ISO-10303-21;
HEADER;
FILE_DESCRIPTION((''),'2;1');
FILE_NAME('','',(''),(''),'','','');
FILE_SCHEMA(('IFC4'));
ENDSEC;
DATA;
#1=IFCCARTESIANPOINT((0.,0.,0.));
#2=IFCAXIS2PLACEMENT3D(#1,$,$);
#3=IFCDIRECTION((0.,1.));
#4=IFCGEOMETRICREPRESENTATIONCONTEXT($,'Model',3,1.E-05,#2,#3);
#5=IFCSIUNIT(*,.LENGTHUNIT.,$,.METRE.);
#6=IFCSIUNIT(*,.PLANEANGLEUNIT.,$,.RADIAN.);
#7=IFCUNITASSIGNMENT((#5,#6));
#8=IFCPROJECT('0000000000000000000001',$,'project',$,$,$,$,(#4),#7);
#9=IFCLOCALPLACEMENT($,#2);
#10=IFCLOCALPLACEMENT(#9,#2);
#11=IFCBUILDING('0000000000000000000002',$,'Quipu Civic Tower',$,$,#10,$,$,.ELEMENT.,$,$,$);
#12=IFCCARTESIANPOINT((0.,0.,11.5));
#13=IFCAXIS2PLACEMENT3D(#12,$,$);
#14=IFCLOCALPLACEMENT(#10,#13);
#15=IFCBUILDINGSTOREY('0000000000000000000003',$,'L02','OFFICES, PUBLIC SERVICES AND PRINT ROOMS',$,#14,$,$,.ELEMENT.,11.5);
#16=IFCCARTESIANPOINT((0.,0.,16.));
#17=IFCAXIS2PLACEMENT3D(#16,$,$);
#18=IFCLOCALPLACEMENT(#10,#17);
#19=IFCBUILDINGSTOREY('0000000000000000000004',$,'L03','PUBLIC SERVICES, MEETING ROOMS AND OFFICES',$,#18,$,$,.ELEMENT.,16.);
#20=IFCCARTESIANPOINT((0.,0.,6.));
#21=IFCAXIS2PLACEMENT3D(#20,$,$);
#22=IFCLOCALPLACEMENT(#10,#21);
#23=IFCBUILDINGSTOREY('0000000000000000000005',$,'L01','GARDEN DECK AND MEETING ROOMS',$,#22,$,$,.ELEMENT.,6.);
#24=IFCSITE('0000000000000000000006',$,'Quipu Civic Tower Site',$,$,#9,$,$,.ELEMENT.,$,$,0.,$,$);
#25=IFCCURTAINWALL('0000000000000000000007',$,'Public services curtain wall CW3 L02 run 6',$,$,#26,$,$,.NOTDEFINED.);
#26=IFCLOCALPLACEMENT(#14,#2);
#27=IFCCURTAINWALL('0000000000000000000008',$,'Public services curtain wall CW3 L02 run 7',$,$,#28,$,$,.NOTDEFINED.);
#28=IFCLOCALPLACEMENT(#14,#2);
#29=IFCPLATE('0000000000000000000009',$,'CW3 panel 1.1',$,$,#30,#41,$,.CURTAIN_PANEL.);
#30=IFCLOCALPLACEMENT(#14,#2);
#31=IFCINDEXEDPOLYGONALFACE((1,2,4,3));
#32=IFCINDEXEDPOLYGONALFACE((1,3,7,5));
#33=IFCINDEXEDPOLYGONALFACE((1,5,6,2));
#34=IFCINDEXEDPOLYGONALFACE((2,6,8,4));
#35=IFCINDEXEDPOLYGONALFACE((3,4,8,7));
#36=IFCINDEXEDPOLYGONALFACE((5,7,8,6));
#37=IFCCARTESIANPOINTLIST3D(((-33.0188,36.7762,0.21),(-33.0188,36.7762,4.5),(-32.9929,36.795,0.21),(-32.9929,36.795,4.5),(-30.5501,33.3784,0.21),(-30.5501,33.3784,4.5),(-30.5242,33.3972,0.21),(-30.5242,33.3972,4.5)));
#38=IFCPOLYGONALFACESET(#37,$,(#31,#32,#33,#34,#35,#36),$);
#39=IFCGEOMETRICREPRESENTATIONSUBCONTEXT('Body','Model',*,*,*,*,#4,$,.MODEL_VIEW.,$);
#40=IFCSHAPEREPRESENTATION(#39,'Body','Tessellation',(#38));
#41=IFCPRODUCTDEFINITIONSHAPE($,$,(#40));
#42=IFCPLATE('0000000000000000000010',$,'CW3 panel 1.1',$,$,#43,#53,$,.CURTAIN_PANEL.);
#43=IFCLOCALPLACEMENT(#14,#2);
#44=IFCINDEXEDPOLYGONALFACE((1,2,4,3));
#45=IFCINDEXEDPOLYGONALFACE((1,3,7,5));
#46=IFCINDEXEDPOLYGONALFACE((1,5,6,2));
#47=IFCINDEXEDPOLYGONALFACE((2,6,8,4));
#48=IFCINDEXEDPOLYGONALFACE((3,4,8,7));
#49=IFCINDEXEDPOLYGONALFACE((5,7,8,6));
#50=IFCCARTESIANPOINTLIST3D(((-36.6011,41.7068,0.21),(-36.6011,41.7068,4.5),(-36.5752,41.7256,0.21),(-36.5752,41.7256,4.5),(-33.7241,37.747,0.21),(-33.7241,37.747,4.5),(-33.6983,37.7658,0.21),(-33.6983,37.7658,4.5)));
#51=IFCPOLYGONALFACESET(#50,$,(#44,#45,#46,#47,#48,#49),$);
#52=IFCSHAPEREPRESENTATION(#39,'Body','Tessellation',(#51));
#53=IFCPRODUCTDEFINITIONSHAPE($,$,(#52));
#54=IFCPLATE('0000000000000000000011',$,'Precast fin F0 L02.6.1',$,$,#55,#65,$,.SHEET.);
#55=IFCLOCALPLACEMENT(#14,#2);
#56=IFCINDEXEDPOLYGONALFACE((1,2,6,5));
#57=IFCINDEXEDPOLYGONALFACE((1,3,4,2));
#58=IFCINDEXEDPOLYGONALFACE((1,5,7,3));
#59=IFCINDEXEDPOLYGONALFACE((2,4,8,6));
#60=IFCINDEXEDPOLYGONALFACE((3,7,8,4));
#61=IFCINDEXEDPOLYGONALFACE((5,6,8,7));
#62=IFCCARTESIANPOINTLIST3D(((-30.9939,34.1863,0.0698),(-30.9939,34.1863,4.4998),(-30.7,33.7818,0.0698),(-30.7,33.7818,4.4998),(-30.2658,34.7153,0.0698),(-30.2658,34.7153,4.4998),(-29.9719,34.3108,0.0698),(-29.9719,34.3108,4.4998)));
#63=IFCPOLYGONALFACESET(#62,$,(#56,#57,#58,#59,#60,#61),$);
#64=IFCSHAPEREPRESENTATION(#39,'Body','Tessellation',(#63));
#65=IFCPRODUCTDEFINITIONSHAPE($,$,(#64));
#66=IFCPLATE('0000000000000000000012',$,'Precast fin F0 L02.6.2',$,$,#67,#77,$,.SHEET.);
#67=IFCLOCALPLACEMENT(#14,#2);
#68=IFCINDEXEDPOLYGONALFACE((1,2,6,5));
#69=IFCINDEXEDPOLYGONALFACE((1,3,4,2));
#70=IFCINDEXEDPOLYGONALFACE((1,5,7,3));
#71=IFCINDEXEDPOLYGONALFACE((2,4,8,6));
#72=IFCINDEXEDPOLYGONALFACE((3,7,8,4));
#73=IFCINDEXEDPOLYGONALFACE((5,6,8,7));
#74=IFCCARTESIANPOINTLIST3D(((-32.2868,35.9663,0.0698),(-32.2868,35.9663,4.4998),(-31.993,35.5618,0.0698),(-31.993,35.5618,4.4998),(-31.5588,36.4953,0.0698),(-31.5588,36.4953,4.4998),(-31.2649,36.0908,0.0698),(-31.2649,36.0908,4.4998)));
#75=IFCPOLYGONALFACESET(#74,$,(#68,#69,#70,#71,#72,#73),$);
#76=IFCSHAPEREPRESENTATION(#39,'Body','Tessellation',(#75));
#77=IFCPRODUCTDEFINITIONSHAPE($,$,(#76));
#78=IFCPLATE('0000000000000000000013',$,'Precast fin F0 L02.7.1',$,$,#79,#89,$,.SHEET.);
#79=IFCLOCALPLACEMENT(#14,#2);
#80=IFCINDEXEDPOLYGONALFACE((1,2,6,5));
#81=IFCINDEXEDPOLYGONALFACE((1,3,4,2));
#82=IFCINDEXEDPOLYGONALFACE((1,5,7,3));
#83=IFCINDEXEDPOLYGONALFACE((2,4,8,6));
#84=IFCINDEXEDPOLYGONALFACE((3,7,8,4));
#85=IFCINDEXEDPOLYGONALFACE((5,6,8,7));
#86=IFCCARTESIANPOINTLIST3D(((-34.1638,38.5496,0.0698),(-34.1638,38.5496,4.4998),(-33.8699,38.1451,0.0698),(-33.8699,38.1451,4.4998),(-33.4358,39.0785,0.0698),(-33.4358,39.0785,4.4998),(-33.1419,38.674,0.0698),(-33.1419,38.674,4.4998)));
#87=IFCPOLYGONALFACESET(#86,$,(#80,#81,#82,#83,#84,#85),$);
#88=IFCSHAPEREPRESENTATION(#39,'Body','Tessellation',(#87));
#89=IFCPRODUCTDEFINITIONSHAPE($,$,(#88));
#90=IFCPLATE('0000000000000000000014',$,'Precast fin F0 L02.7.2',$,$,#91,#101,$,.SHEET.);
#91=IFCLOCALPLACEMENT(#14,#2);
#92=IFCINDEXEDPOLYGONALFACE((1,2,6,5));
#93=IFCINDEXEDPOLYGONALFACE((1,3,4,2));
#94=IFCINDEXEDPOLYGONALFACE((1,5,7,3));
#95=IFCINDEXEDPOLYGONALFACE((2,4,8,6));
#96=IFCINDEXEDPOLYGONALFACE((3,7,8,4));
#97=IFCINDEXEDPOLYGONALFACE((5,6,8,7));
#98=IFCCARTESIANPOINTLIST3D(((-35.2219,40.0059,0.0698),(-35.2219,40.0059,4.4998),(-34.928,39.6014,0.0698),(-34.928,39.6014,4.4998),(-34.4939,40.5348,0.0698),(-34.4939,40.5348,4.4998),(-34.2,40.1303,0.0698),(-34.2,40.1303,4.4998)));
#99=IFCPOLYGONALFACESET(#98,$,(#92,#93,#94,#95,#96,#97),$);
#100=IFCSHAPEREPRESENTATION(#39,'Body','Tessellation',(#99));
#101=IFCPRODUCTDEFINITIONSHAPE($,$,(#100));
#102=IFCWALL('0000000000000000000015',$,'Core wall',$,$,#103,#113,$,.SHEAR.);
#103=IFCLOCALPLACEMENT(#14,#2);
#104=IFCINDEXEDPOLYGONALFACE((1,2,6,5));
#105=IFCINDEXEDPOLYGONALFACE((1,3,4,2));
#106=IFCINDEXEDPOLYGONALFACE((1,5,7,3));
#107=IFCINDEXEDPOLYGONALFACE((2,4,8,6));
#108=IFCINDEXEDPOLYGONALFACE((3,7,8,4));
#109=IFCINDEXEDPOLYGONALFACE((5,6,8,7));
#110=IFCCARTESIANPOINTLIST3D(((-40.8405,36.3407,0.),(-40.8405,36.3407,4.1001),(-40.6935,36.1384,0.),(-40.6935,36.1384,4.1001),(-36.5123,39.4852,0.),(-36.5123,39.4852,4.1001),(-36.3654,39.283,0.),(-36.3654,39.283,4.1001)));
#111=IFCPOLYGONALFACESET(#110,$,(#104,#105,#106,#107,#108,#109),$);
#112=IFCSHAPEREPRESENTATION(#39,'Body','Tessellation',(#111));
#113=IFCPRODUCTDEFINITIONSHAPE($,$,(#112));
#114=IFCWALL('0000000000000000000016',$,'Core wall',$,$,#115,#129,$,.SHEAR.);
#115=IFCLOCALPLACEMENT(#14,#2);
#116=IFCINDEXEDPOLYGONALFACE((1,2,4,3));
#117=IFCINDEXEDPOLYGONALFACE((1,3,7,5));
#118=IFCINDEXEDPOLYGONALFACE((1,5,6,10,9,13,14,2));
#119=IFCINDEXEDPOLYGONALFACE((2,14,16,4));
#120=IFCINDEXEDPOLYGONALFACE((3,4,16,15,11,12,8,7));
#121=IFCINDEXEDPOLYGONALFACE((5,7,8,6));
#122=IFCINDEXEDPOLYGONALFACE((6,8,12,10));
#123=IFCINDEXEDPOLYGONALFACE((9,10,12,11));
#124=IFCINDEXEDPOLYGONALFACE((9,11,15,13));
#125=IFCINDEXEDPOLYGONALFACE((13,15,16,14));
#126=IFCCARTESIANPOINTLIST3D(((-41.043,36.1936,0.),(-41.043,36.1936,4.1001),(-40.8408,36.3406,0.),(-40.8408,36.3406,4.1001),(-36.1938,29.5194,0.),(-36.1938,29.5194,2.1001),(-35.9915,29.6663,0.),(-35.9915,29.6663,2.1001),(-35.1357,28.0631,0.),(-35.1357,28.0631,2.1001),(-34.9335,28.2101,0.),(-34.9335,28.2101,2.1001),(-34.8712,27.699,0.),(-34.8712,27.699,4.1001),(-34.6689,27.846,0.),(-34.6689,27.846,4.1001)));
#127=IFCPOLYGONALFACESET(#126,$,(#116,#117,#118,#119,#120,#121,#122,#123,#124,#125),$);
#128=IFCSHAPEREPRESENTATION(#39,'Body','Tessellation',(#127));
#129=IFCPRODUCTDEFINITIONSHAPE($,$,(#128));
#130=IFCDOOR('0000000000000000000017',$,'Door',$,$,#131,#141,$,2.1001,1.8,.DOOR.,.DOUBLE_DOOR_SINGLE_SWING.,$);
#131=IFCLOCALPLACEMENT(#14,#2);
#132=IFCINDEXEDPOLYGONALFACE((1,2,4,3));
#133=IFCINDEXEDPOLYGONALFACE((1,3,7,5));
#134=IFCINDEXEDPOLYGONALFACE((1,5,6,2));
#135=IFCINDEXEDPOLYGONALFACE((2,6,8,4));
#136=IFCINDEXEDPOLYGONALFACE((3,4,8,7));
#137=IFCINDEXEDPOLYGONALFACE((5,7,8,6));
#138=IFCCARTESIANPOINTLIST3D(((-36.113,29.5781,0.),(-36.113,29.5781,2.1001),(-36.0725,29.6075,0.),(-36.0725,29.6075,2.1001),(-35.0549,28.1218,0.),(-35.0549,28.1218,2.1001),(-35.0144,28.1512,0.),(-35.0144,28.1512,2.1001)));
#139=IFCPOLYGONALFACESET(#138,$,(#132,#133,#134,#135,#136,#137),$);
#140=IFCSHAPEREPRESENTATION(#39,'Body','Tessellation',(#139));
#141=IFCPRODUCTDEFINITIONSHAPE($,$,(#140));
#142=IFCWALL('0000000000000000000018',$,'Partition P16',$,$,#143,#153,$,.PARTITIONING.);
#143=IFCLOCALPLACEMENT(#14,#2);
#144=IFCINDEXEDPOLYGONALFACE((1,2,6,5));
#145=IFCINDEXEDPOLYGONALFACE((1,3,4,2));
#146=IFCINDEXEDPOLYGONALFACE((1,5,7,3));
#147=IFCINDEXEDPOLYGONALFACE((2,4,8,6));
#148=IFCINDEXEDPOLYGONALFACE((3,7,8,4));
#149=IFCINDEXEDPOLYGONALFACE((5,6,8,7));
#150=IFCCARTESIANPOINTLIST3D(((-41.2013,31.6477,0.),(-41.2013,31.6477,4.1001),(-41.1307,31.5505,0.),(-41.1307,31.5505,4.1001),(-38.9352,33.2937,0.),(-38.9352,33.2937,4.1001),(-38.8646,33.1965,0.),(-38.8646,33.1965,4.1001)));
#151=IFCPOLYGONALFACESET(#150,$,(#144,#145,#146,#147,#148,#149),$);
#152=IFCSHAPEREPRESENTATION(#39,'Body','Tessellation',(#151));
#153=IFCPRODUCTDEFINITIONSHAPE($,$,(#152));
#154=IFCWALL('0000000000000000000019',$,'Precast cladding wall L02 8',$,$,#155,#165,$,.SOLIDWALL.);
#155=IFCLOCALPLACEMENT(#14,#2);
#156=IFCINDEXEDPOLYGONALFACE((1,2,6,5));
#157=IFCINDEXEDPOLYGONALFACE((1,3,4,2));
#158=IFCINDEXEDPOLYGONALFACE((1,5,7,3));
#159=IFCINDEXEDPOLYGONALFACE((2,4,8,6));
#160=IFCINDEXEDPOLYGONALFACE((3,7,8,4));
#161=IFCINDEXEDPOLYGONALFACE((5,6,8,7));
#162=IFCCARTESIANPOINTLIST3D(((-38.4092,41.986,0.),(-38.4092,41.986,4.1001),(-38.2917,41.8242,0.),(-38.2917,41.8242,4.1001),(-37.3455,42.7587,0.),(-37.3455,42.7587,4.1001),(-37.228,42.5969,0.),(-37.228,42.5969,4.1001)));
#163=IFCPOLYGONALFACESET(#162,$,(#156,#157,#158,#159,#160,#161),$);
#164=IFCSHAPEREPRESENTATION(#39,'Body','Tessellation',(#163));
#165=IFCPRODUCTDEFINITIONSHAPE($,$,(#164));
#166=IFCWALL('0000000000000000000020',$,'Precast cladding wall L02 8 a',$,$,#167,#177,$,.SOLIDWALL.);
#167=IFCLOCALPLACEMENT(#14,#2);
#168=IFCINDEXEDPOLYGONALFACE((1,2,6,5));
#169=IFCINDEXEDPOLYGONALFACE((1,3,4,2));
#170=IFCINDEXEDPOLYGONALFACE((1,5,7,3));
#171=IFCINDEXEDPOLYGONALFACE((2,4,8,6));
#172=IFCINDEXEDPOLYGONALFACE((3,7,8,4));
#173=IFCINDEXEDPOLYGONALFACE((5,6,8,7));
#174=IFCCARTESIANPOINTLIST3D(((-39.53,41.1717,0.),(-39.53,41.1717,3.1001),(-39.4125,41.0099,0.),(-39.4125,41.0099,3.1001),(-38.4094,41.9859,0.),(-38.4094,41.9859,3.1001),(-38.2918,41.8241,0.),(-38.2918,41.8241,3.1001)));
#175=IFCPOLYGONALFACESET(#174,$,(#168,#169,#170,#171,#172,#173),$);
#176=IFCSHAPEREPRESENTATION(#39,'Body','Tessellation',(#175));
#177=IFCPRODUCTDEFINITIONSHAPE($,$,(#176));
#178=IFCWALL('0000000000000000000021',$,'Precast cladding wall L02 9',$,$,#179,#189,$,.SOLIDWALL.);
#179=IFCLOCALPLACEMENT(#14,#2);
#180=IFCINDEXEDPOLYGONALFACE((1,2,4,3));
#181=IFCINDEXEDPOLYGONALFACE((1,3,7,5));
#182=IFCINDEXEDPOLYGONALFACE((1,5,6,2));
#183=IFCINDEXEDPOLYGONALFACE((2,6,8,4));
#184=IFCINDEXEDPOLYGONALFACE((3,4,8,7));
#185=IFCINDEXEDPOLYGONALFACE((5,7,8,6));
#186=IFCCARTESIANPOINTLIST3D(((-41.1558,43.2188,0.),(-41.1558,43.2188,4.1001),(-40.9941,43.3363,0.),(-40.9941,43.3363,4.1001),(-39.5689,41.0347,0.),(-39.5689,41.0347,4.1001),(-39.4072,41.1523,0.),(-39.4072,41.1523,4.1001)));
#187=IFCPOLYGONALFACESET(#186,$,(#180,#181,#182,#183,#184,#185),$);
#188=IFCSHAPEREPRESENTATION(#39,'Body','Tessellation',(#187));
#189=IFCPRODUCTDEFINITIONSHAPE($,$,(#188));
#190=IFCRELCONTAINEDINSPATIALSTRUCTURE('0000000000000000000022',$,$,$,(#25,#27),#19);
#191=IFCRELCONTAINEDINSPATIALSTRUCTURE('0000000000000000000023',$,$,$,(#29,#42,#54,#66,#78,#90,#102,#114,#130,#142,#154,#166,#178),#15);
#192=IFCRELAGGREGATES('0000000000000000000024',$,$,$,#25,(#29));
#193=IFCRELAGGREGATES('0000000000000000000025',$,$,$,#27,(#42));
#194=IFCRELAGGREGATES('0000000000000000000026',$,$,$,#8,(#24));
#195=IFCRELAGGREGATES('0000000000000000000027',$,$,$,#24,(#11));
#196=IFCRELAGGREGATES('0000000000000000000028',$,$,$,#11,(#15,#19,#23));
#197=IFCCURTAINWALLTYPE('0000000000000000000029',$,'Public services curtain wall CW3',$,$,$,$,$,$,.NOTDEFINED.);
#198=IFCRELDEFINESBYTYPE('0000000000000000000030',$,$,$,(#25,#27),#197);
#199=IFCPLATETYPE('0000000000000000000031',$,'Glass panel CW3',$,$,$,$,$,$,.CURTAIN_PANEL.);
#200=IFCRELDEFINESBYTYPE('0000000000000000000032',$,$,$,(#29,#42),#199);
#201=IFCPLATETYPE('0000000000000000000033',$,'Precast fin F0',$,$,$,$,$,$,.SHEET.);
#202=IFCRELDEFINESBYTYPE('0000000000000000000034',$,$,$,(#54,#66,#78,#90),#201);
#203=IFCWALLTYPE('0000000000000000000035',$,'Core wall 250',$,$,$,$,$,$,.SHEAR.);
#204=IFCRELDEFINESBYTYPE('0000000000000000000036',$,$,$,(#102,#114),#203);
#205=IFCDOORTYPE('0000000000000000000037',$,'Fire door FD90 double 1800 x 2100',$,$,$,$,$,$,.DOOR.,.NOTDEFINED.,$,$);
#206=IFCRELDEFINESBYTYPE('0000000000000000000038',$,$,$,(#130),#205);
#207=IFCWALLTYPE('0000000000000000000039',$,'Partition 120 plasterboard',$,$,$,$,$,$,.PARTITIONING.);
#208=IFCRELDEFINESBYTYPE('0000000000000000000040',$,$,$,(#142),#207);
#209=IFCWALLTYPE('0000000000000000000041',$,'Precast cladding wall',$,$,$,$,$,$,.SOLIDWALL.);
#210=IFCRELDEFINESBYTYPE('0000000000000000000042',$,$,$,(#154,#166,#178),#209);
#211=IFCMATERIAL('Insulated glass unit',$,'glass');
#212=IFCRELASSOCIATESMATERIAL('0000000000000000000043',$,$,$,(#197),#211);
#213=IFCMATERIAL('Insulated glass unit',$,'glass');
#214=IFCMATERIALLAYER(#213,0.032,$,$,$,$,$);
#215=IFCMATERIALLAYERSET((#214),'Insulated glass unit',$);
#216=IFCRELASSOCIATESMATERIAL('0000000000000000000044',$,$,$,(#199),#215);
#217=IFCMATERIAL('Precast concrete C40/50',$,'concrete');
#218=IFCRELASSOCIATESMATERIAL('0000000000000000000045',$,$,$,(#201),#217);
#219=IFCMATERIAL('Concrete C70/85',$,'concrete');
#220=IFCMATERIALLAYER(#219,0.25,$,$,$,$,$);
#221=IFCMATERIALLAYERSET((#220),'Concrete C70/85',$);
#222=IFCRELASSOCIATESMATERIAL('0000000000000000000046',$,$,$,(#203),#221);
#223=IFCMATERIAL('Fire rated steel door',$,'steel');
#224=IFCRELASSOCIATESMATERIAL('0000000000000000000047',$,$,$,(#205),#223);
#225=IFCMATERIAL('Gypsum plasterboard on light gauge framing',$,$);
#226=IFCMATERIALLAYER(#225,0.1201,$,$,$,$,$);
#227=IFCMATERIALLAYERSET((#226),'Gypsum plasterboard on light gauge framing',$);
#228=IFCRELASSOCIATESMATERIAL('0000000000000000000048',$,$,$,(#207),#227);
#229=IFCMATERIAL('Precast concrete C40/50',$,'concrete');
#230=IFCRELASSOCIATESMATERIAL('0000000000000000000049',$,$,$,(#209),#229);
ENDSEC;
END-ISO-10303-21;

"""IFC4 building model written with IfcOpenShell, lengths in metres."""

from ifc_helpers import new_model, si_unit, direction, frame, frame_2d, origin, origin_2d, place, context, subcontext, project, spatial, rectangle, extrude, material, layer, layer_set, type_object, element, fill, aggregate, save


model = new_model("IFC4")

# Units and contexts
model_context = context("Model", 3, precision=1e-05, world=origin(), true_north=direction((0.0, 1.0)))
body_context = subcontext(model_context, "Body", "Model", "MODEL_VIEW")
ifc_project = project(units=[si_unit("LENGTHUNIT", "METRE"), si_unit("PLANEANGLEUNIT", "RADIAN")], contexts=[model_context])

# Site, building, storey
site_placement = place(None, origin())
site = spatial("IfcSite", under=ifc_project, at=site_placement, Name="Quipu Civic Tower Site", CompositionType="ELEMENT", RefElevation=0.0)
building_placement = place(site_placement, origin())
building = spatial("IfcBuilding", under=site, at=building_placement, Name="Quipu Civic Tower", CompositionType="ELEMENT")
storey_1_placement = place(building_placement, frame((0.0, 0.0, 11.5)))
storey_1 = spatial("IfcBuildingStorey", under=building, at=storey_1_placement, Name="L02", Description="OFFICES, PUBLIC SERVICES AND PRINT ROOMS", CompositionType="ELEMENT", Elevation=11.5)

# Shared definitions
storey_2_placement = place(building_placement, frame((0.0, 0.0, 16.0)))
storey_2 = spatial("IfcBuildingStorey", under=building, at=storey_2_placement, Name="L03", Description="PUBLIC SERVICES, MEETING ROOMS AND OFFICES", CompositionType="ELEMENT", Elevation=16.0)

# Curtain walls
ifc_material_1 = material(Name="Insulated glass unit", Category="glass")
curtain_wall_type_1 = type_object("IfcCurtainWallType", Name="Public services curtain wall CW3", PredefinedType="NOTDEFINED", material=ifc_material_1)
curtain_wall_1_placement = place(storey_2_placement, origin())
curtain_wall_1 = element("IfcCurtainWall", 1, at=curtain_wall_1_placement, inside=storey_2, type_object=curtain_wall_type_1, Name="Public services curtain wall CW3 L02 run 6", PredefinedType="NOTDEFINED")
curtain_wall_2_placement = place(storey_2_placement, origin())
curtain_wall_2 = element("IfcCurtainWall", 2, at=curtain_wall_2_placement, inside=storey_2, type_object=curtain_wall_type_1, Name="Public services curtain wall CW3 L02 run 7", PredefinedType="NOTDEFINED")

# Shared definitions
storey_3_placement = place(building_placement, frame((0.0, 0.0, 6.0)))
storey_3 = spatial("IfcBuildingStorey", under=building, at=storey_3_placement, Name="L01", Description="GARDEN DECK AND MEETING ROOMS", CompositionType="ELEMENT", Elevation=6.0)

# Plates
ifc_material_2 = material(Name="Insulated glass unit", Category="glass")
ifc_layer_1 = layer(ifc_material_2, 0.032)
ifc_layer_set_1 = layer_set([ifc_layer_1], Name="Insulated glass unit")
plate_type_1 = type_object("IfcPlateType", Name="Glass panel CW3", PredefinedType="CURTAIN_PANEL", material=ifc_layer_set_1)
plate_1_placement = place(storey_1_placement, frame((-31.7715, 35.0867, 0.21), z_axis=(0.0, 0.0, 1.0), x_axis=(-0.587789, 0.809014, 0.0)))
plate_1 = element("IfcPlate", 3, at=plate_1_placement, inside=storey_1, type_object=plate_type_1, Name="CW3 panel 1.1", PredefinedType="CURTAIN_PANEL", context=body_context, shape_type="SweptSolid", body=[
    extrude(rectangle(XDim=4.2, YDim=0.032, at=origin_2d()), origin(), (0.0, 0.0, 1.0), 4.29),
])
aggregate(curtain_wall_1, [plate_1])
plate_2_placement = place(storey_1_placement, frame((-35.1497, 39.7363, 0.21), z_axis=(0.0, 0.0, 1.0), x_axis=(-0.587783, 0.809019, 0.0)))
plate_2 = element("IfcPlate", 4, at=plate_2_placement, inside=storey_1, type_object=plate_type_1, Name="CW3 panel 1.1", PredefinedType="CURTAIN_PANEL", context=body_context, shape_type="SweptSolid", body=[
    extrude(rectangle(XDim=4.8945, YDim=0.032, at=origin_2d()), origin(), (0.0, 0.0, 1.0), 4.29),
])
aggregate(curtain_wall_2, [plate_2])

# Plates
ifc_material_3 = material(Name="Precast concrete C40/50", Category="concrete")
plate_type_2 = type_object("IfcPlateType", Name="Precast fin F0", PredefinedType="SHEET", material=ifc_material_3)
for number, where, z_axis, x_axis, name in (
    (5, (-30.4829, 34.2485, 0.0698), (0.0, 0.0, 1.0), (-0.587785, 0.809017, 0.0), "Precast fin F0 L02.6.1"),
    (6, (-31.7759, 36.0286, 0.0698), (0.0, 0.0, 1.0), (-0.587785, 0.809017, 0.0), "Precast fin F0 L02.6.2"),
    (7, (-33.6528, 38.6118, 0.0698), (0.0, 0.0, 1.0), (-0.587785, 0.809017, 0.0), "Precast fin F0 L02.7.1"),
    (8, (-34.7109, 40.0681, 0.0698), (0.0, 0.0, 1.0), (-0.587785, 0.809017, 0.0), "Precast fin F0 L02.7.2"),
):
    element("IfcPlate", number, at=place(storey_1_placement, frame(where, z_axis=z_axis, x_axis=x_axis)), inside=storey_1, type_object=plate_type_2, Name=name, PredefinedType="SHEET", context=body_context, shape_type="SweptSolid", body=[
        extrude(rectangle(XDim=0.5, YDim=0.8999, at=origin_2d()), origin(), (0.0, 0.0, 1.0), 4.4299),
    ])

# Wall
ifc_material_4 = material(Name="Concrete C70/85", Category="concrete")
ifc_layer_2 = layer(ifc_material_4, 0.25)
ifc_layer_set_2 = layer_set([ifc_layer_2], Name="Concrete C70/85")
wall_type_1 = type_object("IfcWallType", Name="Core wall 250", PredefinedType="SHEAR", material=ifc_layer_set_2)
wall_1_placement = place(storey_1_placement, frame((-36.439, 39.384, 0.0), z_axis=(0.0, 0.0, 1.0), x_axis=(-0.80902, -0.587781, 0.0)))
element("IfcWall", 9, at=wall_1_placement, inside=storey_1, type_object=wall_type_1, Name="Core wall", PredefinedType="SHEAR", context=body_context, shape_type="SweptSolid", body=[
    extrude(rectangle(XDim=5.3499, YDim=0.25, at=frame_2d((2.6748, 0.0))), origin(), (0.0, 0.0, 1.0), 4.1001),
])

# Wall, opening, door
wall_2_placement = place(storey_1_placement, frame((-40.9419, 36.2671, 0.0), z_axis=(0.0, 0.0, 1.0), x_axis=(0.587796, -0.809009, 0.0)))
wall_2 = element("IfcWall", 10, at=wall_2_placement, inside=storey_1, type_object=wall_type_1, Name="Core wall", PredefinedType="SHEAR", context=body_context, shape_type="SweptSolid", body=[
    extrude(rectangle(XDim=10.5, YDim=0.25, at=frame_2d((5.25, 0.0))), origin(), (0.0, 0.0, 1.0), 4.1001),
])
opening_placement = place(wall_2_placement, frame((8.25, 0.0, 0.0)))
opening = element("IfcOpeningElement", 11, at=opening_placement, cuts=wall_2, PredefinedType="OPENING", context=body_context, shape_type="SweptSolid", body=[
    extrude(rectangle(XDim=1.8, YDim=2.1001, at=frame_2d((0.8999, 1.05))), frame((0.0, 0.135, 0.0), z_axis=(0.0, -1.0, 0.0), x_axis=(1.0, 0.0, 0.0)), (0.0, 0.0, 1.0), 0.27),
])
ifc_material_5 = material(Name="Fire rated steel door", Category="steel")
door_type = type_object("IfcDoorType", Name="Fire door FD90 double 1800 x 2100", OperationType="NOTDEFINED", PredefinedType="DOOR", material=ifc_material_5)
door_placement = place(opening_placement, origin())
door = element("IfcDoor", 12, at=door_placement, inside=storey_1, type_object=door_type, Name="Door", OperationType="DOUBLE_DOOR_SINGLE_SWING", OverallHeight=2.1001, OverallWidth=1.8, PredefinedType="DOOR", context=body_context, shape_type="SweptSolid", body=[
    extrude(rectangle(XDim=1.8, YDim=2.1001, at=frame_2d((0.8999, 1.05))), frame((0.0, 0.0249, 0.0), z_axis=(0.0, -1.0, 0.0), x_axis=(1.0, 0.0, 0.0)), (0.0, 0.0, 1.0), 0.05),
])
fill(opening, door)

# Walls
ifc_material_6 = material(Name="Gypsum plasterboard on light gauge framing")
ifc_layer_3 = layer(ifc_material_6, 0.1201)
ifc_layer_set_3 = layer_set([ifc_layer_3], Name="Gypsum plasterboard on light gauge framing")
wall_type_2 = type_object("IfcWallType", Name="Partition 120 plasterboard", PredefinedType="PARTITIONING", material=ifc_layer_set_3)
wall_3_placement = place(storey_1_placement, frame((-41.166, 31.5991, 0.0), z_axis=(0.0, 0.0, 1.0), x_axis=(0.80909, 0.587684, 0.0)))
element("IfcWall", 13, at=wall_3_placement, inside=storey_1, type_object=wall_type_2, Name="Partition P16", PredefinedType="PARTITIONING", context=body_context, shape_type="SweptSolid", body=[
    extrude(rectangle(XDim=2.8008, YDim=0.1201, at=frame_2d((1.4004, 0.0))), origin(), (0.0, 0.0, 1.0), 4.1001),
])
ifc_material_7 = material(Name="Precast concrete C40/50", Category="concrete")
wall_type_3 = type_object("IfcWallType", Name="Precast cladding wall", PredefinedType="SOLIDWALL", material=ifc_material_7)
wall_4_placement = place(storey_1_placement, frame((-37.2869, 42.6777, 0.0), z_axis=(0.0, 0.0, 1.0), x_axis=(-0.809065, -0.587719, 0.0)))
element("IfcWall", 14, at=wall_4_placement, inside=storey_1, type_object=wall_type_3, Name="Precast cladding wall L02 8", PredefinedType="SOLIDWALL", context=body_context, shape_type="SweptSolid", body=[
    extrude(rectangle(XDim=1.3147, YDim=0.2, at=frame_2d((0.6572, 0.0))), origin(), (0.0, 0.0, 1.0), 4.1001),
])
wall_5_placement = place(storey_1_placement, frame((-38.3506, 41.905, 0.0), z_axis=(0.0, 0.0, 1.0), x_axis=(-0.809003, -0.587805, 0.0)))
element("IfcWall", 15, at=wall_5_placement, inside=storey_1, type_object=wall_type_3, Name="Precast cladding wall L02 8 a", PredefinedType="SOLIDWALL", context=body_context, shape_type="SweptSolid", body=[
    extrude(rectangle(XDim=1.3853, YDim=0.2, at=frame_2d((0.6926, 0.0))), origin(), (0.0, 0.0, 1.0), 3.1001),
])
wall_6_placement = place(storey_1_placement, frame((-39.488, 41.0935, 0.0), z_axis=(0.0, 0.0, 1.0), x_axis=(-0.587806, 0.809002, 0.0)))
element("IfcWall", 16, at=wall_6_placement, inside=storey_1, type_object=wall_type_3, Name="Precast cladding wall L02 9", PredefinedType="SOLIDWALL", context=body_context, shape_type="SweptSolid", body=[
    extrude(rectangle(XDim=2.6997, YDim=0.2, at=frame_2d((1.3499, 0.0))), origin(), (0.0, 0.0, 1.0), 4.1001),
])

save(model, "model.ifc")
